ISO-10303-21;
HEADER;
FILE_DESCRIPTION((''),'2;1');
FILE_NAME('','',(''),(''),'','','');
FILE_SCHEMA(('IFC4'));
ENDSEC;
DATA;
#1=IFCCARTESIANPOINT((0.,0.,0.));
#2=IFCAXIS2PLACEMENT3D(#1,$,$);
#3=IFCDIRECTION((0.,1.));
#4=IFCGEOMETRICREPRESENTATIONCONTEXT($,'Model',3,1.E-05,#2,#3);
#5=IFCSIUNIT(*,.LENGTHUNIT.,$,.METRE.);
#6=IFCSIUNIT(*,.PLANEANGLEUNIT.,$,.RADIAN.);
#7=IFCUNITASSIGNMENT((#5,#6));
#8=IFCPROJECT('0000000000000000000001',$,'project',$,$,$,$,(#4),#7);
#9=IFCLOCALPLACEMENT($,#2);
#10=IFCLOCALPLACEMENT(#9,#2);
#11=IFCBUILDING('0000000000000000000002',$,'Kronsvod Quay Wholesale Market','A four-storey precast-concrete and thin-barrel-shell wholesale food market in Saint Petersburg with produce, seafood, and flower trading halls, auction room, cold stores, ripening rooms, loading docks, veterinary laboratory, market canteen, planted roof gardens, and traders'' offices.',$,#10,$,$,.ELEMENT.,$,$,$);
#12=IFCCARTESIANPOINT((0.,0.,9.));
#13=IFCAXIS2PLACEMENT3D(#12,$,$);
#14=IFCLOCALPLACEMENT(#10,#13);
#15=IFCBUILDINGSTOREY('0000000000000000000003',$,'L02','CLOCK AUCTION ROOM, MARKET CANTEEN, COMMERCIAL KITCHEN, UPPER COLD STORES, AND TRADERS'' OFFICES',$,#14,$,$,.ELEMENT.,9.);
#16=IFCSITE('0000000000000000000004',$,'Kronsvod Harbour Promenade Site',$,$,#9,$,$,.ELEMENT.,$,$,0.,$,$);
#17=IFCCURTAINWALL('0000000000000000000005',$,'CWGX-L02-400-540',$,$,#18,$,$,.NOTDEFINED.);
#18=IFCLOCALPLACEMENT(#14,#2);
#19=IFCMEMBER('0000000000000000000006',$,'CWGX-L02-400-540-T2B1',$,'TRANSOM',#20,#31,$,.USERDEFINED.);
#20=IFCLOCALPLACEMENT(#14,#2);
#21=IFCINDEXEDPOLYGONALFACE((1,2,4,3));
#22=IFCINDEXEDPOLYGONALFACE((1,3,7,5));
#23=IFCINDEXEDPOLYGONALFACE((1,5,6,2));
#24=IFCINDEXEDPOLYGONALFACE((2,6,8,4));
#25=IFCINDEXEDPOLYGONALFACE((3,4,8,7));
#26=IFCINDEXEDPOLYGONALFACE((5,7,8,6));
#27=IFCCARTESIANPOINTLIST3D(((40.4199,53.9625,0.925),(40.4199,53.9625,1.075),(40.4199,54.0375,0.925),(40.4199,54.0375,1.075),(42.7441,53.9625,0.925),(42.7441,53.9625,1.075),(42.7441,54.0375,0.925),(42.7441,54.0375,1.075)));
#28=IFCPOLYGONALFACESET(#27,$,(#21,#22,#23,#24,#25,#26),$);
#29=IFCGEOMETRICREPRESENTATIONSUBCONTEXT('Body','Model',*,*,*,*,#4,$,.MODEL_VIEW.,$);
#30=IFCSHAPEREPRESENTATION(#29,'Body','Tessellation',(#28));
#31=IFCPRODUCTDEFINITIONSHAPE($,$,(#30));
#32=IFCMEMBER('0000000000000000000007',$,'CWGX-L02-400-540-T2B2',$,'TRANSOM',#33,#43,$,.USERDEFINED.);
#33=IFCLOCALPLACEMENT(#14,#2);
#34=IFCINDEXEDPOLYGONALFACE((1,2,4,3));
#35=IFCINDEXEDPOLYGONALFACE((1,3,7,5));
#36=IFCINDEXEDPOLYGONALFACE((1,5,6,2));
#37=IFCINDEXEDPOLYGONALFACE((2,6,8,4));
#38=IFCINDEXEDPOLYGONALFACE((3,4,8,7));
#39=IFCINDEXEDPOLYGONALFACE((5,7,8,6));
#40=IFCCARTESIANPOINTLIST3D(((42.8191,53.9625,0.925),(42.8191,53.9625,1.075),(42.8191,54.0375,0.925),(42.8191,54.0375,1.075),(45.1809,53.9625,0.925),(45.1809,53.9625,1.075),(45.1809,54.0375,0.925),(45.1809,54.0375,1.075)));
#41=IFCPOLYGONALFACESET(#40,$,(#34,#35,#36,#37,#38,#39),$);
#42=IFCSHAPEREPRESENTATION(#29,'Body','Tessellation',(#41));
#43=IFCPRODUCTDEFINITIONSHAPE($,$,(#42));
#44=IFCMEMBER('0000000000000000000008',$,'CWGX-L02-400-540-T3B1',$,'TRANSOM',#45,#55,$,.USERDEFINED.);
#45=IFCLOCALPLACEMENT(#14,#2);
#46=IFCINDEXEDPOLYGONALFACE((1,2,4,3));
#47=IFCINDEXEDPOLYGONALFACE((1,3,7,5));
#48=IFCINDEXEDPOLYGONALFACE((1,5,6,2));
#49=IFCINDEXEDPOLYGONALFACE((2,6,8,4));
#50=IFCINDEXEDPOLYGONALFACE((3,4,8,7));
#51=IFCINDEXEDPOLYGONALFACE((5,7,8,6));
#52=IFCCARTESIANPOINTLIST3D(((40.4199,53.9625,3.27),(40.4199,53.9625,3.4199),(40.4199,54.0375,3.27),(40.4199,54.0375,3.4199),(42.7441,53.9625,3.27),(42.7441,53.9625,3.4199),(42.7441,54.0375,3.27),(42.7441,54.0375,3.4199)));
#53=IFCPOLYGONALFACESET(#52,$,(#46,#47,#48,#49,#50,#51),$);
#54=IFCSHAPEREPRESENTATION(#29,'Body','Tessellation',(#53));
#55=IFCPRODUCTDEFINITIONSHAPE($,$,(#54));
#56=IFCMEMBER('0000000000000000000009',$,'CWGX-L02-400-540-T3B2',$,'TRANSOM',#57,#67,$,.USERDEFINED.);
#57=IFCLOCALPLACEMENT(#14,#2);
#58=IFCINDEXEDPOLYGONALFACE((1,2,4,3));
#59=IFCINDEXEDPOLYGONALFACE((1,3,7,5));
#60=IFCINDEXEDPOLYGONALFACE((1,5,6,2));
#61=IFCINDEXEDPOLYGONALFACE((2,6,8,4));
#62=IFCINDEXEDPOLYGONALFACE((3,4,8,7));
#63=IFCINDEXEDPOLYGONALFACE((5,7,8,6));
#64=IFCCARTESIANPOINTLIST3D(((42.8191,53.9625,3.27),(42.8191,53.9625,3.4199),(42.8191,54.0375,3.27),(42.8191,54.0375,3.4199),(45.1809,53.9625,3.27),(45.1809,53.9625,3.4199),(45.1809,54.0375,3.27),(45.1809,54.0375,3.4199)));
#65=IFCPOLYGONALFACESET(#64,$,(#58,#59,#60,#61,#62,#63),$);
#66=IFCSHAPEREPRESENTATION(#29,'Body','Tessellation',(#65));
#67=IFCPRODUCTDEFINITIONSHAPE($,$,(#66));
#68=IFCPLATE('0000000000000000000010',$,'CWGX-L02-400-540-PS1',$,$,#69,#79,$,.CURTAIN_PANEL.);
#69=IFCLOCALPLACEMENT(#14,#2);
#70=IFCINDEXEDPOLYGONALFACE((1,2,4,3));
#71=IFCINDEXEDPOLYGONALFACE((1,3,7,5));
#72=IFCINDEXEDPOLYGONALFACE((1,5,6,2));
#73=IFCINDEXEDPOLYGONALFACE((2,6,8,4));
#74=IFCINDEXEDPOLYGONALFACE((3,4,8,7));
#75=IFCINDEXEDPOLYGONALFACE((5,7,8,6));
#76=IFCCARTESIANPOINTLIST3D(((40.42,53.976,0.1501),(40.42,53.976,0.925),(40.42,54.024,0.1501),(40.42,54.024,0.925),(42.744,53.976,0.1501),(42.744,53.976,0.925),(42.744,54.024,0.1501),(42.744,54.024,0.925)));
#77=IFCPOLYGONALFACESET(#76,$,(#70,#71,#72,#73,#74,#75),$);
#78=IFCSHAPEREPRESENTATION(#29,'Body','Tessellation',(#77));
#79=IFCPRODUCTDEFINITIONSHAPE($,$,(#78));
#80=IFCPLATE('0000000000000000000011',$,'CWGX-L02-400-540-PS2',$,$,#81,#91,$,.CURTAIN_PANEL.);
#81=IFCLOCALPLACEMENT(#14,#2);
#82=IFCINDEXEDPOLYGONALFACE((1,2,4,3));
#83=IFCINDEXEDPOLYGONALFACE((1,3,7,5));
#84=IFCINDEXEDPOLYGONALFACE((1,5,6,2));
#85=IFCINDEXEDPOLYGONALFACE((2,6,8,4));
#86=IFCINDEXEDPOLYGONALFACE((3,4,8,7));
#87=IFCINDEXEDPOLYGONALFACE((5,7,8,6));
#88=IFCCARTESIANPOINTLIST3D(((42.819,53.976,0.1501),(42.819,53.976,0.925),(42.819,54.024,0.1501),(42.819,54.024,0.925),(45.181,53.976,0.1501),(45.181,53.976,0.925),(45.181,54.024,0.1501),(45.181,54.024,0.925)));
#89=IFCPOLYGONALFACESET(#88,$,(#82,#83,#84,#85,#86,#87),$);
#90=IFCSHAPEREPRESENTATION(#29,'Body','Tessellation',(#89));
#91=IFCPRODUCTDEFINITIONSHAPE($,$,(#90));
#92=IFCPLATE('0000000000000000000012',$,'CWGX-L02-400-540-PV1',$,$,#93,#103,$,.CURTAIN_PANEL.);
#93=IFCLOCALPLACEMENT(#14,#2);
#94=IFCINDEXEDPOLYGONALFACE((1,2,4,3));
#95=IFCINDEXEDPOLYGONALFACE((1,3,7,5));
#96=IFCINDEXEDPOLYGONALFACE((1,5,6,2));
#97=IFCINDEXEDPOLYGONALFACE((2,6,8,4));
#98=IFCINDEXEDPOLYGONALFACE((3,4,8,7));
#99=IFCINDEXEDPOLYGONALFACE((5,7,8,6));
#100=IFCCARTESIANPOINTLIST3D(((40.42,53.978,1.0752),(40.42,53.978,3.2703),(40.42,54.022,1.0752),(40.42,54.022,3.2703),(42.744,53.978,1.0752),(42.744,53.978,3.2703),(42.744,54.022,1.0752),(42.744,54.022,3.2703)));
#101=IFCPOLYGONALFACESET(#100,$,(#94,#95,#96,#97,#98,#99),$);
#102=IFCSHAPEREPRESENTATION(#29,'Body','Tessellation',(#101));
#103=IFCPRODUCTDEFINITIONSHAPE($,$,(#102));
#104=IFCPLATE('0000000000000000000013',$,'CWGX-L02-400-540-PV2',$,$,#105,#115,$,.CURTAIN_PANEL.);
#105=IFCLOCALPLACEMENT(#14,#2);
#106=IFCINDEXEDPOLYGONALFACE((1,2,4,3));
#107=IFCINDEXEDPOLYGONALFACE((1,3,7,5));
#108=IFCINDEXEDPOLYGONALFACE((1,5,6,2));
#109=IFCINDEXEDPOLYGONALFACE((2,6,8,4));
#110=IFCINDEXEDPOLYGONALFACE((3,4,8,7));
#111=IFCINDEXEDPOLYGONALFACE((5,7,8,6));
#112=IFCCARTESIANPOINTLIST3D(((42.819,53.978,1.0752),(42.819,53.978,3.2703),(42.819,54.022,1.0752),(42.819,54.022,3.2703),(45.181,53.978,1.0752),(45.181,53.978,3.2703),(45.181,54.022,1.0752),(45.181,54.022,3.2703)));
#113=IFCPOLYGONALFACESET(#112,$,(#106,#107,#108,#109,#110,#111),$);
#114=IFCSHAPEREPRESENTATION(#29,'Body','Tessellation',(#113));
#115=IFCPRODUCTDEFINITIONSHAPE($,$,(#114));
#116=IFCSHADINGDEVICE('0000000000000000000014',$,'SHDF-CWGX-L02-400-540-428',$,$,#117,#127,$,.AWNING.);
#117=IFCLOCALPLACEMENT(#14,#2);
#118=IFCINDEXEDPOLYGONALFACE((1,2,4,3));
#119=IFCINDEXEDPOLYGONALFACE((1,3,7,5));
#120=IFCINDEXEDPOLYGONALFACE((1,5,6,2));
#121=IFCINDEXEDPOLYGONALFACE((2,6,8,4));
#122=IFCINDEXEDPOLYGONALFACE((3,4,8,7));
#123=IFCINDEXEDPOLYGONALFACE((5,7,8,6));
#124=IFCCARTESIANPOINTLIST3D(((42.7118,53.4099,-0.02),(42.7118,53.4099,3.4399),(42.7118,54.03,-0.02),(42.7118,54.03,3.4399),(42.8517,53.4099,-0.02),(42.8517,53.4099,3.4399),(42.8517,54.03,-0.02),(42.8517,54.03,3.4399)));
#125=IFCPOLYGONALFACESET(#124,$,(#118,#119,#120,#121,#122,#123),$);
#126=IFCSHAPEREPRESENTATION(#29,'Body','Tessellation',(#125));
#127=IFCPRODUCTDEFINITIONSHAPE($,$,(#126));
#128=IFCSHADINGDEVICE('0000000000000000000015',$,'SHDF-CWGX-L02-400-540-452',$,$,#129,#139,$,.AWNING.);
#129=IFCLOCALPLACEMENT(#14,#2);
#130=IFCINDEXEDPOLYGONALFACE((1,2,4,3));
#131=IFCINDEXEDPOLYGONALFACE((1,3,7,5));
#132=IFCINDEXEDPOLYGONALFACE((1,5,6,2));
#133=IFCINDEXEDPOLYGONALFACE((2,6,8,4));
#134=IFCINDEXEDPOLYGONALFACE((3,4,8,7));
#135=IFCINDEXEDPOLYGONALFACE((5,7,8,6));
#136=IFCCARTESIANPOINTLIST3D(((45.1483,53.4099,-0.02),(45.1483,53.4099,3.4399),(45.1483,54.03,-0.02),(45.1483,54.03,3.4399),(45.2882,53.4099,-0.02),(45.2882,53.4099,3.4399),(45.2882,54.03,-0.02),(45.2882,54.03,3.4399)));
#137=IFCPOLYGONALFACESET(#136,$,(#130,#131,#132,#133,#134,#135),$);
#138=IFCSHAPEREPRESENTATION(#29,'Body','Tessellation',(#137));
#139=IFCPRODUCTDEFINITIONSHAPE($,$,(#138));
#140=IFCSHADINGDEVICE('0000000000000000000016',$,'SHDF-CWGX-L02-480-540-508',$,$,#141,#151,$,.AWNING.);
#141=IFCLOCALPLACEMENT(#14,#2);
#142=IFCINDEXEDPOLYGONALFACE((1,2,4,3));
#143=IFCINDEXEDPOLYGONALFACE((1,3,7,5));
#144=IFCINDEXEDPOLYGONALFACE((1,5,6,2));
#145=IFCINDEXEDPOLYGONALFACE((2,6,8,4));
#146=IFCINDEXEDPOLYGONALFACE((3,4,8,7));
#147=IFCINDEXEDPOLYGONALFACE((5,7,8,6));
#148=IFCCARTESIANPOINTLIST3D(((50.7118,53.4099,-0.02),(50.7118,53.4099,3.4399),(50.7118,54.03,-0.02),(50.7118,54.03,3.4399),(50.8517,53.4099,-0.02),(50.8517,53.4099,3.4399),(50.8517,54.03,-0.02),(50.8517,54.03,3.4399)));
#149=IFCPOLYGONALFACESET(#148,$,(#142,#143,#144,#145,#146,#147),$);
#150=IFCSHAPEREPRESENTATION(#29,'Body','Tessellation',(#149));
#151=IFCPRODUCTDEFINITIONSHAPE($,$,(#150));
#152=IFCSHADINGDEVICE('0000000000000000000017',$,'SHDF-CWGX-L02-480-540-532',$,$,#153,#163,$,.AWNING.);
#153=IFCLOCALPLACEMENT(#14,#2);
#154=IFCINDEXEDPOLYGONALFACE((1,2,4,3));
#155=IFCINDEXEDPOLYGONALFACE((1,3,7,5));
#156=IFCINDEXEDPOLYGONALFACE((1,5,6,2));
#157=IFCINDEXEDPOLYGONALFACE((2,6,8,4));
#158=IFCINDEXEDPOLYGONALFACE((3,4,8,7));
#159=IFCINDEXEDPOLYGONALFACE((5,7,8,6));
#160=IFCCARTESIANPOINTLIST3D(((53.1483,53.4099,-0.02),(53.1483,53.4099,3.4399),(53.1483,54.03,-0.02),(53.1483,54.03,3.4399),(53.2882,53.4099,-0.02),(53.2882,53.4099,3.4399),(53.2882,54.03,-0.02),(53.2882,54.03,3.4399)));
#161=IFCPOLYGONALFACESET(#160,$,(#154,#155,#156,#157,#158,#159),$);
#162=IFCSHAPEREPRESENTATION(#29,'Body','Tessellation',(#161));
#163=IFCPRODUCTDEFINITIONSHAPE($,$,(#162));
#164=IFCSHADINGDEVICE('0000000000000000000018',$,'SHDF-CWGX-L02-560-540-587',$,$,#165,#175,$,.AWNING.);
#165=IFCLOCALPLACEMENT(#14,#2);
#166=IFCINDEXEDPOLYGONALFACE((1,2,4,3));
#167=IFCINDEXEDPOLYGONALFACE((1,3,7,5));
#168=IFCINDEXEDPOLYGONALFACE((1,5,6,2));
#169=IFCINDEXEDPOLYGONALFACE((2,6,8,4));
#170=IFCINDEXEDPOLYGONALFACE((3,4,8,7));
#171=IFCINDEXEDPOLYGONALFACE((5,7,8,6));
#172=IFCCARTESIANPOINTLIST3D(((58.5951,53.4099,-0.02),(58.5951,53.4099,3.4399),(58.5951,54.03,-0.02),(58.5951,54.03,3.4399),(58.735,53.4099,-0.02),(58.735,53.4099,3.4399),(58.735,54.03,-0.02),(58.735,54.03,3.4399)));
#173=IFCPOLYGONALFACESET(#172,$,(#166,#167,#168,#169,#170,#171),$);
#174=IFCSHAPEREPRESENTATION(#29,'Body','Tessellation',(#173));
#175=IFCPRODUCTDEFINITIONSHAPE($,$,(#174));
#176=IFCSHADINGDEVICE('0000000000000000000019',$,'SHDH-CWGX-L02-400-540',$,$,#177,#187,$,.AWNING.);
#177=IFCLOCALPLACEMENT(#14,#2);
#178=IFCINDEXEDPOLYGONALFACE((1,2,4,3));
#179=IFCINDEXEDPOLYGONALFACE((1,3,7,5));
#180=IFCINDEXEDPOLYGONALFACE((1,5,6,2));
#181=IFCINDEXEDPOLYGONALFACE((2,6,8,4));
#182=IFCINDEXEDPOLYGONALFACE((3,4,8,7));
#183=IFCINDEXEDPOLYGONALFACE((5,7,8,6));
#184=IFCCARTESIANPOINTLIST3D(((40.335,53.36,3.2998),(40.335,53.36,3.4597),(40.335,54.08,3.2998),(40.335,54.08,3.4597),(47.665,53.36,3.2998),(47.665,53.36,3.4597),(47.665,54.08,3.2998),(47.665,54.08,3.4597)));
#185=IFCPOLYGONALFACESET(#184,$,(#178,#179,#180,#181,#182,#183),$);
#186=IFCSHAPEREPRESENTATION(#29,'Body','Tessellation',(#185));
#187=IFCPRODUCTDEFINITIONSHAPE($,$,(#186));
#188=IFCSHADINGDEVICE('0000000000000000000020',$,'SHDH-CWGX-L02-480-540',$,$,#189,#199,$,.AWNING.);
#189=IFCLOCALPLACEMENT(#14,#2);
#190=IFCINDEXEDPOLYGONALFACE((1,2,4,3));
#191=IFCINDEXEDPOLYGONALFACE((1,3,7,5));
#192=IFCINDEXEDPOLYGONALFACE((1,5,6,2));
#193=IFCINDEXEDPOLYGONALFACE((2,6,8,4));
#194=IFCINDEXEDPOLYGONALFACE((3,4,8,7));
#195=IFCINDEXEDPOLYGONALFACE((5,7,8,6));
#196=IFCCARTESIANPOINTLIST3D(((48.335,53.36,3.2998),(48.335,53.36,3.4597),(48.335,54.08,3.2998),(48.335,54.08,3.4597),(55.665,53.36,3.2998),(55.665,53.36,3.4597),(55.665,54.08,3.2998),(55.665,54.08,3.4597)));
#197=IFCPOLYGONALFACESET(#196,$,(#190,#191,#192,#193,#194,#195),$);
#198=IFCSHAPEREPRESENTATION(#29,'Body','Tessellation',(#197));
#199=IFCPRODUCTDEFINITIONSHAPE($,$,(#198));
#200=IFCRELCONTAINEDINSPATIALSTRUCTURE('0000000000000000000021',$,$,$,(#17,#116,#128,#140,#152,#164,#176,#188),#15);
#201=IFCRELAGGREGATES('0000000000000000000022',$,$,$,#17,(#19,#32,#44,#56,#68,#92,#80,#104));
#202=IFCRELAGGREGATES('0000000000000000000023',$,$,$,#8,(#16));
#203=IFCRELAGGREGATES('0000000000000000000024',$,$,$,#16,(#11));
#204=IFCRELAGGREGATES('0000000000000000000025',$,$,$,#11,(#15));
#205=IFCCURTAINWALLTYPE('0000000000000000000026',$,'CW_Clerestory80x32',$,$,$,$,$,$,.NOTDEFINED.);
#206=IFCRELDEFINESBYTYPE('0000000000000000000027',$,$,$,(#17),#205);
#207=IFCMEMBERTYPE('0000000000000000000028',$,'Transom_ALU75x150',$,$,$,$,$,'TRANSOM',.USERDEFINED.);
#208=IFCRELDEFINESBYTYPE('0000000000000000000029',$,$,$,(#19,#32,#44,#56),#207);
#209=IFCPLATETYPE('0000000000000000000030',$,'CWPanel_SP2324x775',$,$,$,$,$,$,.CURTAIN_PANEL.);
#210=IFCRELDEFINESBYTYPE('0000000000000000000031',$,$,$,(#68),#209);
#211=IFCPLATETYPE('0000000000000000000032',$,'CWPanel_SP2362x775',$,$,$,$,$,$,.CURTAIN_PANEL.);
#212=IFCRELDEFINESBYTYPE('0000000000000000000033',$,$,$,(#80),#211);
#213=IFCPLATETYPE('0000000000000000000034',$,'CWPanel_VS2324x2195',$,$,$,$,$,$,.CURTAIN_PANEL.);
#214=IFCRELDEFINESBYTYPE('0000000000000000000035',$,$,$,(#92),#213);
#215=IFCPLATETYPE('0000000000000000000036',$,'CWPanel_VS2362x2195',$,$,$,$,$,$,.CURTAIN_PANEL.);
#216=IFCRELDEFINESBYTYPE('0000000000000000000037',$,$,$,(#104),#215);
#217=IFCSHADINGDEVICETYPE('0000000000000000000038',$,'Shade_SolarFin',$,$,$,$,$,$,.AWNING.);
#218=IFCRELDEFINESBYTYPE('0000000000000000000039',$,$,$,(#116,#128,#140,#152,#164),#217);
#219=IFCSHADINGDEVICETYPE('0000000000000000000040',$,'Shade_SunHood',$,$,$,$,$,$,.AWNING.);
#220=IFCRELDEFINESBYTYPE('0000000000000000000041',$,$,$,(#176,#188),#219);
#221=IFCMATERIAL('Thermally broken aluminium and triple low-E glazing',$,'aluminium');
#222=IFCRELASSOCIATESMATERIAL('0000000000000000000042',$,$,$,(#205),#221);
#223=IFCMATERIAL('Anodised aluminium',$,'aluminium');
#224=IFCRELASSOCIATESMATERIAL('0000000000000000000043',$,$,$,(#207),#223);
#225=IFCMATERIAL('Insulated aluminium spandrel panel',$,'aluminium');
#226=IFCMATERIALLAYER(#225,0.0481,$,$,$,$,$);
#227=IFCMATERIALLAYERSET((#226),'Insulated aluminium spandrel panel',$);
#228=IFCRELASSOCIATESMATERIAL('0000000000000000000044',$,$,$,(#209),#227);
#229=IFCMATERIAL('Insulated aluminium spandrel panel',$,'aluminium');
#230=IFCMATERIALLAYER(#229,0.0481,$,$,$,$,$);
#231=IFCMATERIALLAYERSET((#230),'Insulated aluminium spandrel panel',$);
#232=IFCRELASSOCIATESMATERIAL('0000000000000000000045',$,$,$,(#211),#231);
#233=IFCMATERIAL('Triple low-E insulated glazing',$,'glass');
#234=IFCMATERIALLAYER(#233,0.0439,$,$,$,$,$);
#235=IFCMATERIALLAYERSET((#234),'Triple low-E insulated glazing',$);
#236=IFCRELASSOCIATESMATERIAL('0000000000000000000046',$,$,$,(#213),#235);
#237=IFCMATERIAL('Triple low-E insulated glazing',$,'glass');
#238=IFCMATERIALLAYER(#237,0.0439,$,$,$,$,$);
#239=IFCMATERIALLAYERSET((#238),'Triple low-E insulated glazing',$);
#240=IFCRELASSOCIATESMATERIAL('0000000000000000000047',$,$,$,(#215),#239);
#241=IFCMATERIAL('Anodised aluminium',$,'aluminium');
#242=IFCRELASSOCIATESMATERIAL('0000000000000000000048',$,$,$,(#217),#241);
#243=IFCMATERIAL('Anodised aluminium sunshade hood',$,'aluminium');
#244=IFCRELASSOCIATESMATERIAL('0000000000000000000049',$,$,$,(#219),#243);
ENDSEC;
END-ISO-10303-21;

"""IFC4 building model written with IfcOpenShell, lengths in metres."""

from ifc_helpers import new_model, si_unit, direction, frame, origin, origin_2d, place, context, subcontext, project, spatial, rectangle, extrude, material, layer, layer_set, material_profile, profile_set, type_object, element, aggregate, save


model = new_model("IFC4")

# Units and contexts
model_context = context("Model", 3, precision=1e-05, world=origin(), true_north=direction((0.0, 1.0)))
body_context = subcontext(model_context, "Body", "Model", "MODEL_VIEW")
ifc_project = project(units=[si_unit("LENGTHUNIT", "METRE"), si_unit("PLANEANGLEUNIT", "RADIAN")], contexts=[model_context])

# Site, building, storey
site_placement = place(None, origin())
site = spatial("IfcSite", under=ifc_project, at=site_placement, Name="Kronsvod Harbour Promenade Site", CompositionType="ELEMENT", RefElevation=0.0)
building_placement = place(site_placement, origin())
building = spatial("IfcBuilding", under=site, at=building_placement, Name="Kronsvod Quay Wholesale Market", Description="A four-storey precast-concrete and thin-barrel-shell wholesale food market in Saint Petersburg with produce, seafood, and flower trading halls, auction room, cold stores, ripening rooms, loading docks, veterinary laboratory, market canteen, planted roof gardens, and traders' offices.", CompositionType="ELEMENT")
storey_placement = place(building_placement, frame((0.0, 0.0, 9.0)))
storey = spatial("IfcBuildingStorey", under=building, at=storey_placement, Name="L02", Description="CLOCK AUCTION ROOM, MARKET CANTEEN, COMMERCIAL KITCHEN, UPPER COLD STORES, AND TRADERS' OFFICES", CompositionType="ELEMENT", Elevation=9.0)

# Curtain wall, members, plates
ifc_material_1 = material(Name="Thermally broken aluminium and triple low-E glazing", Category="aluminium")
curtain_wall_type = type_object("IfcCurtainWallType", Name="CW_Clerestory80x32", PredefinedType="NOTDEFINED", material=ifc_material_1)
curtain_wall_placement = place(storey_placement, origin())
curtain_wall = element("IfcCurtainWall", 1, at=curtain_wall_placement, inside=storey, type_object=curtain_wall_type, Name="CWGX-L02-400-540", PredefinedType="NOTDEFINED")
ifc_material_2 = material(Name="Anodised aluminium", Category="aluminium")
ifc_material_profile_1 = material_profile(ifc_material_2, rectangle(XDim=0.075, YDim=0.1499, at=origin_2d()), Name="ALUT75x150")
ifc_profile_set_1 = profile_set([ifc_material_profile_1], Name="Anodised aluminium")
member_type_1 = type_object("IfcMemberType", Name="Transom_ALU75x150", ElementType="TRANSOM", PredefinedType="USERDEFINED", material=ifc_profile_set_1)
member_1_placement = place(storey_placement, frame((40.4199, 54.0, 1.0), z_axis=(1.0, 0.0, 0.0), x_axis=(0.0, 1.0, 0.0)))
member_1 = element("IfcMember", 2, at=member_1_placement, type_object=member_type_1, Name="CWGX-L02-400-540-T2B1", ObjectType="TRANSOM", PredefinedType="USERDEFINED", context=body_context, shape_type="SweptSolid", body=[
    extrude(rectangle(XDim=0.075, YDim=0.1499, at=origin_2d()), origin(), (0.0, 0.0, 1.0), 2.3242),
])
member_2_placement = place(storey_placement, frame((42.8191, 54.0, 1.0), z_axis=(1.0, 0.0, 0.0), x_axis=(0.0, 1.0, 0.0)))
member_2 = element("IfcMember", 3, at=member_2_placement, type_object=member_type_1, Name="CWGX-L02-400-540-T2B2", ObjectType="TRANSOM", PredefinedType="USERDEFINED", context=body_context, shape_type="SweptSolid", body=[
    extrude(rectangle(XDim=0.075, YDim=0.1499, at=origin_2d()), origin(), (0.0, 0.0, 1.0), 2.3618),
])
member_3_placement = place(storey_placement, frame((40.4199, 54.0, 3.345), z_axis=(1.0, 0.0, 0.0), x_axis=(0.0, 1.0, 0.0)))
member_3 = element("IfcMember", 4, at=member_3_placement, type_object=member_type_1, Name="CWGX-L02-400-540-T3B1", ObjectType="TRANSOM", PredefinedType="USERDEFINED", context=body_context, shape_type="SweptSolid", body=[
    extrude(rectangle(XDim=0.075, YDim=0.1499, at=origin_2d()), origin(), (0.0, 0.0, 1.0), 2.3242),
])
member_4_placement = place(storey_placement, frame((42.8191, 54.0, 3.345), z_axis=(1.0, 0.0, 0.0), x_axis=(0.0, 1.0, 0.0)))
member_4 = element("IfcMember", 5, at=member_4_placement, type_object=member_type_1, Name="CWGX-L02-400-540-T3B2", ObjectType="TRANSOM", PredefinedType="USERDEFINED", context=body_context, shape_type="SweptSolid", body=[
    extrude(rectangle(XDim=0.075, YDim=0.1499, at=origin_2d()), origin(), (0.0, 0.0, 1.0), 2.3618),
])
ifc_material_3 = material(Name="Insulated aluminium spandrel panel", Category="aluminium")
ifc_layer_1 = layer(ifc_material_3, 0.0481)
ifc_layer_set_1 = layer_set([ifc_layer_1], Name="Insulated aluminium spandrel panel")
plate_type_1 = type_object("IfcPlateType", Name="CWPanel_SP2324x775", PredefinedType="CURTAIN_PANEL", material=ifc_layer_set_1)
plate_1_placement = place(storey_placement, frame((41.582, 54.0, 0.1501), z_axis=(0.0, 0.0, 1.0), x_axis=(1.0, 0.0, 0.0)))
plate_1 = element("IfcPlate", 6, at=plate_1_placement, type_object=plate_type_1, Name="CWGX-L02-400-540-PS1", PredefinedType="CURTAIN_PANEL", context=body_context, shape_type="SweptSolid", body=[
    extrude(rectangle(XDim=2.324, YDim=0.0481, at=origin_2d()), origin(), (0.0, 0.0, 1.0), 0.7749),
])
ifc_material_4 = material(Name="Insulated aluminium spandrel panel", Category="aluminium")
ifc_layer_2 = layer(ifc_material_4, 0.0481)
ifc_layer_set_2 = layer_set([ifc_layer_2], Name="Insulated aluminium spandrel panel")
plate_type_2 = type_object("IfcPlateType", Name="CWPanel_SP2362x775", PredefinedType="CURTAIN_PANEL", material=ifc_layer_set_2)
plate_2_placement = place(storey_placement, frame((44.0, 54.0, 0.1501), z_axis=(0.0, 0.0, 1.0), x_axis=(1.0, 0.0, 0.0)))
plate_2 = element("IfcPlate", 7, at=plate_2_placement, type_object=plate_type_2, Name="CWGX-L02-400-540-PS2", PredefinedType="CURTAIN_PANEL", context=body_context, shape_type="SweptSolid", body=[
    extrude(rectangle(XDim=2.3621, YDim=0.0481, at=origin_2d()), origin(), (0.0, 0.0, 1.0), 0.7749),
])
ifc_material_5 = material(Name="Triple low-E insulated glazing", Category="glass")
ifc_layer_3 = layer(ifc_material_5, 0.0439)
ifc_layer_set_3 = layer_set([ifc_layer_3], Name="Triple low-E insulated glazing")
plate_type_3 = type_object("IfcPlateType", Name="CWPanel_VS2324x2195", PredefinedType="CURTAIN_PANEL", material=ifc_layer_set_3)
plate_3_placement = place(storey_placement, frame((41.582, 54.0, 1.0752), z_axis=(0.0, 0.0, 1.0), x_axis=(1.0, 0.0, 0.0)))
plate_3 = element("IfcPlate", 8, at=plate_3_placement, type_object=plate_type_3, Name="CWGX-L02-400-540-PV1", PredefinedType="CURTAIN_PANEL", context=body_context, shape_type="SweptSolid", body=[
    extrude(rectangle(XDim=2.324, YDim=0.0439, at=origin_2d()), origin(), (0.0, 0.0, 1.0), 2.1951),
])
ifc_material_6 = material(Name="Triple low-E insulated glazing", Category="glass")
ifc_layer_4 = layer(ifc_material_6, 0.0439)
ifc_layer_set_4 = layer_set([ifc_layer_4], Name="Triple low-E insulated glazing")
plate_type_4 = type_object("IfcPlateType", Name="CWPanel_VS2362x2195", PredefinedType="CURTAIN_PANEL", material=ifc_layer_set_4)
plate_4_placement = place(storey_placement, frame((44.0, 54.0, 1.0752), z_axis=(0.0, 0.0, 1.0), x_axis=(1.0, 0.0, 0.0)))
plate_4 = element("IfcPlate", 9, at=plate_4_placement, type_object=plate_type_4, Name="CWGX-L02-400-540-PV2", PredefinedType="CURTAIN_PANEL", context=body_context, shape_type="SweptSolid", body=[
    extrude(rectangle(XDim=2.3621, YDim=0.0439, at=origin_2d()), origin(), (0.0, 0.0, 1.0), 2.1951),
])
aggregate(curtain_wall, [member_1, member_2, member_3, member_4, plate_1, plate_3, plate_2, plate_4])

# Shading devices
ifc_material_7 = material(Name="Anodised aluminium", Category="aluminium")
shading_device_type_1 = type_object("IfcShadingDeviceType", Name="Shade_SolarFin", PredefinedType="AWNING", material=ifc_material_7)
for number, where, z_axis, x_axis, name in (
    (10, (42.7817, 53.72, -0.02), (0.0, 0.0, 1.0), (1.0, 0.0, 0.0), "SHDF-CWGX-L02-400-540-428"),
    (11, (45.2183, 53.72, -0.02), (0.0, 0.0, 1.0), (1.0, 0.0, 0.0), "SHDF-CWGX-L02-400-540-452"),
    (12, (50.7817, 53.72, -0.02), (0.0, 0.0, 1.0), (1.0, 0.0, 0.0), "SHDF-CWGX-L02-480-540-508"),
    (13, (53.2183, 53.72, -0.02), (0.0, 0.0, 1.0), (1.0, 0.0, 0.0), "SHDF-CWGX-L02-480-540-532"),
    (14, (58.665, 53.72, -0.02), (0.0, 0.0, 1.0), (1.0, 0.0, 0.0), "SHDF-CWGX-L02-560-540-587"),
):
    element("IfcShadingDevice", number, at=place(storey_placement, frame(where, z_axis=z_axis, x_axis=x_axis)), inside=storey, type_object=shading_device_type_1, Name=name, PredefinedType="AWNING", context=body_context, shape_type="SweptSolid", body=[
        extrude(rectangle(XDim=0.1399, YDim=0.6201, at=origin_2d()), origin(), (0.0, 0.0, 1.0), 3.46),
    ])
ifc_material_8 = material(Name="Anodised aluminium sunshade hood", Category="aluminium")
shading_device_type_2 = type_object("IfcShadingDeviceType", Name="Shade_SunHood", PredefinedType="AWNING", material=ifc_material_8)
for number, where, z_axis, x_axis, name in (
    (15, (44.0, 53.72, 3.2998), (0.0, 0.0, 1.0), (1.0, 0.0, 0.0), "SHDH-CWGX-L02-400-540"),
    (16, (52.0, 53.72, 3.2998), (0.0, 0.0, 1.0), (1.0, 0.0, 0.0), "SHDH-CWGX-L02-480-540"),
):
    element("IfcShadingDevice", number, at=place(storey_placement, frame(where, z_axis=z_axis, x_axis=x_axis)), inside=storey, type_object=shading_device_type_2, Name=name, PredefinedType="AWNING", context=body_context, shape_type="SweptSolid", body=[
        extrude(rectangle(XDim=7.3301, YDim=0.72, at=origin_2d()), origin(), (0.0, 0.0, 1.0), 0.1599),
    ])

save(model, "model.ifc")
